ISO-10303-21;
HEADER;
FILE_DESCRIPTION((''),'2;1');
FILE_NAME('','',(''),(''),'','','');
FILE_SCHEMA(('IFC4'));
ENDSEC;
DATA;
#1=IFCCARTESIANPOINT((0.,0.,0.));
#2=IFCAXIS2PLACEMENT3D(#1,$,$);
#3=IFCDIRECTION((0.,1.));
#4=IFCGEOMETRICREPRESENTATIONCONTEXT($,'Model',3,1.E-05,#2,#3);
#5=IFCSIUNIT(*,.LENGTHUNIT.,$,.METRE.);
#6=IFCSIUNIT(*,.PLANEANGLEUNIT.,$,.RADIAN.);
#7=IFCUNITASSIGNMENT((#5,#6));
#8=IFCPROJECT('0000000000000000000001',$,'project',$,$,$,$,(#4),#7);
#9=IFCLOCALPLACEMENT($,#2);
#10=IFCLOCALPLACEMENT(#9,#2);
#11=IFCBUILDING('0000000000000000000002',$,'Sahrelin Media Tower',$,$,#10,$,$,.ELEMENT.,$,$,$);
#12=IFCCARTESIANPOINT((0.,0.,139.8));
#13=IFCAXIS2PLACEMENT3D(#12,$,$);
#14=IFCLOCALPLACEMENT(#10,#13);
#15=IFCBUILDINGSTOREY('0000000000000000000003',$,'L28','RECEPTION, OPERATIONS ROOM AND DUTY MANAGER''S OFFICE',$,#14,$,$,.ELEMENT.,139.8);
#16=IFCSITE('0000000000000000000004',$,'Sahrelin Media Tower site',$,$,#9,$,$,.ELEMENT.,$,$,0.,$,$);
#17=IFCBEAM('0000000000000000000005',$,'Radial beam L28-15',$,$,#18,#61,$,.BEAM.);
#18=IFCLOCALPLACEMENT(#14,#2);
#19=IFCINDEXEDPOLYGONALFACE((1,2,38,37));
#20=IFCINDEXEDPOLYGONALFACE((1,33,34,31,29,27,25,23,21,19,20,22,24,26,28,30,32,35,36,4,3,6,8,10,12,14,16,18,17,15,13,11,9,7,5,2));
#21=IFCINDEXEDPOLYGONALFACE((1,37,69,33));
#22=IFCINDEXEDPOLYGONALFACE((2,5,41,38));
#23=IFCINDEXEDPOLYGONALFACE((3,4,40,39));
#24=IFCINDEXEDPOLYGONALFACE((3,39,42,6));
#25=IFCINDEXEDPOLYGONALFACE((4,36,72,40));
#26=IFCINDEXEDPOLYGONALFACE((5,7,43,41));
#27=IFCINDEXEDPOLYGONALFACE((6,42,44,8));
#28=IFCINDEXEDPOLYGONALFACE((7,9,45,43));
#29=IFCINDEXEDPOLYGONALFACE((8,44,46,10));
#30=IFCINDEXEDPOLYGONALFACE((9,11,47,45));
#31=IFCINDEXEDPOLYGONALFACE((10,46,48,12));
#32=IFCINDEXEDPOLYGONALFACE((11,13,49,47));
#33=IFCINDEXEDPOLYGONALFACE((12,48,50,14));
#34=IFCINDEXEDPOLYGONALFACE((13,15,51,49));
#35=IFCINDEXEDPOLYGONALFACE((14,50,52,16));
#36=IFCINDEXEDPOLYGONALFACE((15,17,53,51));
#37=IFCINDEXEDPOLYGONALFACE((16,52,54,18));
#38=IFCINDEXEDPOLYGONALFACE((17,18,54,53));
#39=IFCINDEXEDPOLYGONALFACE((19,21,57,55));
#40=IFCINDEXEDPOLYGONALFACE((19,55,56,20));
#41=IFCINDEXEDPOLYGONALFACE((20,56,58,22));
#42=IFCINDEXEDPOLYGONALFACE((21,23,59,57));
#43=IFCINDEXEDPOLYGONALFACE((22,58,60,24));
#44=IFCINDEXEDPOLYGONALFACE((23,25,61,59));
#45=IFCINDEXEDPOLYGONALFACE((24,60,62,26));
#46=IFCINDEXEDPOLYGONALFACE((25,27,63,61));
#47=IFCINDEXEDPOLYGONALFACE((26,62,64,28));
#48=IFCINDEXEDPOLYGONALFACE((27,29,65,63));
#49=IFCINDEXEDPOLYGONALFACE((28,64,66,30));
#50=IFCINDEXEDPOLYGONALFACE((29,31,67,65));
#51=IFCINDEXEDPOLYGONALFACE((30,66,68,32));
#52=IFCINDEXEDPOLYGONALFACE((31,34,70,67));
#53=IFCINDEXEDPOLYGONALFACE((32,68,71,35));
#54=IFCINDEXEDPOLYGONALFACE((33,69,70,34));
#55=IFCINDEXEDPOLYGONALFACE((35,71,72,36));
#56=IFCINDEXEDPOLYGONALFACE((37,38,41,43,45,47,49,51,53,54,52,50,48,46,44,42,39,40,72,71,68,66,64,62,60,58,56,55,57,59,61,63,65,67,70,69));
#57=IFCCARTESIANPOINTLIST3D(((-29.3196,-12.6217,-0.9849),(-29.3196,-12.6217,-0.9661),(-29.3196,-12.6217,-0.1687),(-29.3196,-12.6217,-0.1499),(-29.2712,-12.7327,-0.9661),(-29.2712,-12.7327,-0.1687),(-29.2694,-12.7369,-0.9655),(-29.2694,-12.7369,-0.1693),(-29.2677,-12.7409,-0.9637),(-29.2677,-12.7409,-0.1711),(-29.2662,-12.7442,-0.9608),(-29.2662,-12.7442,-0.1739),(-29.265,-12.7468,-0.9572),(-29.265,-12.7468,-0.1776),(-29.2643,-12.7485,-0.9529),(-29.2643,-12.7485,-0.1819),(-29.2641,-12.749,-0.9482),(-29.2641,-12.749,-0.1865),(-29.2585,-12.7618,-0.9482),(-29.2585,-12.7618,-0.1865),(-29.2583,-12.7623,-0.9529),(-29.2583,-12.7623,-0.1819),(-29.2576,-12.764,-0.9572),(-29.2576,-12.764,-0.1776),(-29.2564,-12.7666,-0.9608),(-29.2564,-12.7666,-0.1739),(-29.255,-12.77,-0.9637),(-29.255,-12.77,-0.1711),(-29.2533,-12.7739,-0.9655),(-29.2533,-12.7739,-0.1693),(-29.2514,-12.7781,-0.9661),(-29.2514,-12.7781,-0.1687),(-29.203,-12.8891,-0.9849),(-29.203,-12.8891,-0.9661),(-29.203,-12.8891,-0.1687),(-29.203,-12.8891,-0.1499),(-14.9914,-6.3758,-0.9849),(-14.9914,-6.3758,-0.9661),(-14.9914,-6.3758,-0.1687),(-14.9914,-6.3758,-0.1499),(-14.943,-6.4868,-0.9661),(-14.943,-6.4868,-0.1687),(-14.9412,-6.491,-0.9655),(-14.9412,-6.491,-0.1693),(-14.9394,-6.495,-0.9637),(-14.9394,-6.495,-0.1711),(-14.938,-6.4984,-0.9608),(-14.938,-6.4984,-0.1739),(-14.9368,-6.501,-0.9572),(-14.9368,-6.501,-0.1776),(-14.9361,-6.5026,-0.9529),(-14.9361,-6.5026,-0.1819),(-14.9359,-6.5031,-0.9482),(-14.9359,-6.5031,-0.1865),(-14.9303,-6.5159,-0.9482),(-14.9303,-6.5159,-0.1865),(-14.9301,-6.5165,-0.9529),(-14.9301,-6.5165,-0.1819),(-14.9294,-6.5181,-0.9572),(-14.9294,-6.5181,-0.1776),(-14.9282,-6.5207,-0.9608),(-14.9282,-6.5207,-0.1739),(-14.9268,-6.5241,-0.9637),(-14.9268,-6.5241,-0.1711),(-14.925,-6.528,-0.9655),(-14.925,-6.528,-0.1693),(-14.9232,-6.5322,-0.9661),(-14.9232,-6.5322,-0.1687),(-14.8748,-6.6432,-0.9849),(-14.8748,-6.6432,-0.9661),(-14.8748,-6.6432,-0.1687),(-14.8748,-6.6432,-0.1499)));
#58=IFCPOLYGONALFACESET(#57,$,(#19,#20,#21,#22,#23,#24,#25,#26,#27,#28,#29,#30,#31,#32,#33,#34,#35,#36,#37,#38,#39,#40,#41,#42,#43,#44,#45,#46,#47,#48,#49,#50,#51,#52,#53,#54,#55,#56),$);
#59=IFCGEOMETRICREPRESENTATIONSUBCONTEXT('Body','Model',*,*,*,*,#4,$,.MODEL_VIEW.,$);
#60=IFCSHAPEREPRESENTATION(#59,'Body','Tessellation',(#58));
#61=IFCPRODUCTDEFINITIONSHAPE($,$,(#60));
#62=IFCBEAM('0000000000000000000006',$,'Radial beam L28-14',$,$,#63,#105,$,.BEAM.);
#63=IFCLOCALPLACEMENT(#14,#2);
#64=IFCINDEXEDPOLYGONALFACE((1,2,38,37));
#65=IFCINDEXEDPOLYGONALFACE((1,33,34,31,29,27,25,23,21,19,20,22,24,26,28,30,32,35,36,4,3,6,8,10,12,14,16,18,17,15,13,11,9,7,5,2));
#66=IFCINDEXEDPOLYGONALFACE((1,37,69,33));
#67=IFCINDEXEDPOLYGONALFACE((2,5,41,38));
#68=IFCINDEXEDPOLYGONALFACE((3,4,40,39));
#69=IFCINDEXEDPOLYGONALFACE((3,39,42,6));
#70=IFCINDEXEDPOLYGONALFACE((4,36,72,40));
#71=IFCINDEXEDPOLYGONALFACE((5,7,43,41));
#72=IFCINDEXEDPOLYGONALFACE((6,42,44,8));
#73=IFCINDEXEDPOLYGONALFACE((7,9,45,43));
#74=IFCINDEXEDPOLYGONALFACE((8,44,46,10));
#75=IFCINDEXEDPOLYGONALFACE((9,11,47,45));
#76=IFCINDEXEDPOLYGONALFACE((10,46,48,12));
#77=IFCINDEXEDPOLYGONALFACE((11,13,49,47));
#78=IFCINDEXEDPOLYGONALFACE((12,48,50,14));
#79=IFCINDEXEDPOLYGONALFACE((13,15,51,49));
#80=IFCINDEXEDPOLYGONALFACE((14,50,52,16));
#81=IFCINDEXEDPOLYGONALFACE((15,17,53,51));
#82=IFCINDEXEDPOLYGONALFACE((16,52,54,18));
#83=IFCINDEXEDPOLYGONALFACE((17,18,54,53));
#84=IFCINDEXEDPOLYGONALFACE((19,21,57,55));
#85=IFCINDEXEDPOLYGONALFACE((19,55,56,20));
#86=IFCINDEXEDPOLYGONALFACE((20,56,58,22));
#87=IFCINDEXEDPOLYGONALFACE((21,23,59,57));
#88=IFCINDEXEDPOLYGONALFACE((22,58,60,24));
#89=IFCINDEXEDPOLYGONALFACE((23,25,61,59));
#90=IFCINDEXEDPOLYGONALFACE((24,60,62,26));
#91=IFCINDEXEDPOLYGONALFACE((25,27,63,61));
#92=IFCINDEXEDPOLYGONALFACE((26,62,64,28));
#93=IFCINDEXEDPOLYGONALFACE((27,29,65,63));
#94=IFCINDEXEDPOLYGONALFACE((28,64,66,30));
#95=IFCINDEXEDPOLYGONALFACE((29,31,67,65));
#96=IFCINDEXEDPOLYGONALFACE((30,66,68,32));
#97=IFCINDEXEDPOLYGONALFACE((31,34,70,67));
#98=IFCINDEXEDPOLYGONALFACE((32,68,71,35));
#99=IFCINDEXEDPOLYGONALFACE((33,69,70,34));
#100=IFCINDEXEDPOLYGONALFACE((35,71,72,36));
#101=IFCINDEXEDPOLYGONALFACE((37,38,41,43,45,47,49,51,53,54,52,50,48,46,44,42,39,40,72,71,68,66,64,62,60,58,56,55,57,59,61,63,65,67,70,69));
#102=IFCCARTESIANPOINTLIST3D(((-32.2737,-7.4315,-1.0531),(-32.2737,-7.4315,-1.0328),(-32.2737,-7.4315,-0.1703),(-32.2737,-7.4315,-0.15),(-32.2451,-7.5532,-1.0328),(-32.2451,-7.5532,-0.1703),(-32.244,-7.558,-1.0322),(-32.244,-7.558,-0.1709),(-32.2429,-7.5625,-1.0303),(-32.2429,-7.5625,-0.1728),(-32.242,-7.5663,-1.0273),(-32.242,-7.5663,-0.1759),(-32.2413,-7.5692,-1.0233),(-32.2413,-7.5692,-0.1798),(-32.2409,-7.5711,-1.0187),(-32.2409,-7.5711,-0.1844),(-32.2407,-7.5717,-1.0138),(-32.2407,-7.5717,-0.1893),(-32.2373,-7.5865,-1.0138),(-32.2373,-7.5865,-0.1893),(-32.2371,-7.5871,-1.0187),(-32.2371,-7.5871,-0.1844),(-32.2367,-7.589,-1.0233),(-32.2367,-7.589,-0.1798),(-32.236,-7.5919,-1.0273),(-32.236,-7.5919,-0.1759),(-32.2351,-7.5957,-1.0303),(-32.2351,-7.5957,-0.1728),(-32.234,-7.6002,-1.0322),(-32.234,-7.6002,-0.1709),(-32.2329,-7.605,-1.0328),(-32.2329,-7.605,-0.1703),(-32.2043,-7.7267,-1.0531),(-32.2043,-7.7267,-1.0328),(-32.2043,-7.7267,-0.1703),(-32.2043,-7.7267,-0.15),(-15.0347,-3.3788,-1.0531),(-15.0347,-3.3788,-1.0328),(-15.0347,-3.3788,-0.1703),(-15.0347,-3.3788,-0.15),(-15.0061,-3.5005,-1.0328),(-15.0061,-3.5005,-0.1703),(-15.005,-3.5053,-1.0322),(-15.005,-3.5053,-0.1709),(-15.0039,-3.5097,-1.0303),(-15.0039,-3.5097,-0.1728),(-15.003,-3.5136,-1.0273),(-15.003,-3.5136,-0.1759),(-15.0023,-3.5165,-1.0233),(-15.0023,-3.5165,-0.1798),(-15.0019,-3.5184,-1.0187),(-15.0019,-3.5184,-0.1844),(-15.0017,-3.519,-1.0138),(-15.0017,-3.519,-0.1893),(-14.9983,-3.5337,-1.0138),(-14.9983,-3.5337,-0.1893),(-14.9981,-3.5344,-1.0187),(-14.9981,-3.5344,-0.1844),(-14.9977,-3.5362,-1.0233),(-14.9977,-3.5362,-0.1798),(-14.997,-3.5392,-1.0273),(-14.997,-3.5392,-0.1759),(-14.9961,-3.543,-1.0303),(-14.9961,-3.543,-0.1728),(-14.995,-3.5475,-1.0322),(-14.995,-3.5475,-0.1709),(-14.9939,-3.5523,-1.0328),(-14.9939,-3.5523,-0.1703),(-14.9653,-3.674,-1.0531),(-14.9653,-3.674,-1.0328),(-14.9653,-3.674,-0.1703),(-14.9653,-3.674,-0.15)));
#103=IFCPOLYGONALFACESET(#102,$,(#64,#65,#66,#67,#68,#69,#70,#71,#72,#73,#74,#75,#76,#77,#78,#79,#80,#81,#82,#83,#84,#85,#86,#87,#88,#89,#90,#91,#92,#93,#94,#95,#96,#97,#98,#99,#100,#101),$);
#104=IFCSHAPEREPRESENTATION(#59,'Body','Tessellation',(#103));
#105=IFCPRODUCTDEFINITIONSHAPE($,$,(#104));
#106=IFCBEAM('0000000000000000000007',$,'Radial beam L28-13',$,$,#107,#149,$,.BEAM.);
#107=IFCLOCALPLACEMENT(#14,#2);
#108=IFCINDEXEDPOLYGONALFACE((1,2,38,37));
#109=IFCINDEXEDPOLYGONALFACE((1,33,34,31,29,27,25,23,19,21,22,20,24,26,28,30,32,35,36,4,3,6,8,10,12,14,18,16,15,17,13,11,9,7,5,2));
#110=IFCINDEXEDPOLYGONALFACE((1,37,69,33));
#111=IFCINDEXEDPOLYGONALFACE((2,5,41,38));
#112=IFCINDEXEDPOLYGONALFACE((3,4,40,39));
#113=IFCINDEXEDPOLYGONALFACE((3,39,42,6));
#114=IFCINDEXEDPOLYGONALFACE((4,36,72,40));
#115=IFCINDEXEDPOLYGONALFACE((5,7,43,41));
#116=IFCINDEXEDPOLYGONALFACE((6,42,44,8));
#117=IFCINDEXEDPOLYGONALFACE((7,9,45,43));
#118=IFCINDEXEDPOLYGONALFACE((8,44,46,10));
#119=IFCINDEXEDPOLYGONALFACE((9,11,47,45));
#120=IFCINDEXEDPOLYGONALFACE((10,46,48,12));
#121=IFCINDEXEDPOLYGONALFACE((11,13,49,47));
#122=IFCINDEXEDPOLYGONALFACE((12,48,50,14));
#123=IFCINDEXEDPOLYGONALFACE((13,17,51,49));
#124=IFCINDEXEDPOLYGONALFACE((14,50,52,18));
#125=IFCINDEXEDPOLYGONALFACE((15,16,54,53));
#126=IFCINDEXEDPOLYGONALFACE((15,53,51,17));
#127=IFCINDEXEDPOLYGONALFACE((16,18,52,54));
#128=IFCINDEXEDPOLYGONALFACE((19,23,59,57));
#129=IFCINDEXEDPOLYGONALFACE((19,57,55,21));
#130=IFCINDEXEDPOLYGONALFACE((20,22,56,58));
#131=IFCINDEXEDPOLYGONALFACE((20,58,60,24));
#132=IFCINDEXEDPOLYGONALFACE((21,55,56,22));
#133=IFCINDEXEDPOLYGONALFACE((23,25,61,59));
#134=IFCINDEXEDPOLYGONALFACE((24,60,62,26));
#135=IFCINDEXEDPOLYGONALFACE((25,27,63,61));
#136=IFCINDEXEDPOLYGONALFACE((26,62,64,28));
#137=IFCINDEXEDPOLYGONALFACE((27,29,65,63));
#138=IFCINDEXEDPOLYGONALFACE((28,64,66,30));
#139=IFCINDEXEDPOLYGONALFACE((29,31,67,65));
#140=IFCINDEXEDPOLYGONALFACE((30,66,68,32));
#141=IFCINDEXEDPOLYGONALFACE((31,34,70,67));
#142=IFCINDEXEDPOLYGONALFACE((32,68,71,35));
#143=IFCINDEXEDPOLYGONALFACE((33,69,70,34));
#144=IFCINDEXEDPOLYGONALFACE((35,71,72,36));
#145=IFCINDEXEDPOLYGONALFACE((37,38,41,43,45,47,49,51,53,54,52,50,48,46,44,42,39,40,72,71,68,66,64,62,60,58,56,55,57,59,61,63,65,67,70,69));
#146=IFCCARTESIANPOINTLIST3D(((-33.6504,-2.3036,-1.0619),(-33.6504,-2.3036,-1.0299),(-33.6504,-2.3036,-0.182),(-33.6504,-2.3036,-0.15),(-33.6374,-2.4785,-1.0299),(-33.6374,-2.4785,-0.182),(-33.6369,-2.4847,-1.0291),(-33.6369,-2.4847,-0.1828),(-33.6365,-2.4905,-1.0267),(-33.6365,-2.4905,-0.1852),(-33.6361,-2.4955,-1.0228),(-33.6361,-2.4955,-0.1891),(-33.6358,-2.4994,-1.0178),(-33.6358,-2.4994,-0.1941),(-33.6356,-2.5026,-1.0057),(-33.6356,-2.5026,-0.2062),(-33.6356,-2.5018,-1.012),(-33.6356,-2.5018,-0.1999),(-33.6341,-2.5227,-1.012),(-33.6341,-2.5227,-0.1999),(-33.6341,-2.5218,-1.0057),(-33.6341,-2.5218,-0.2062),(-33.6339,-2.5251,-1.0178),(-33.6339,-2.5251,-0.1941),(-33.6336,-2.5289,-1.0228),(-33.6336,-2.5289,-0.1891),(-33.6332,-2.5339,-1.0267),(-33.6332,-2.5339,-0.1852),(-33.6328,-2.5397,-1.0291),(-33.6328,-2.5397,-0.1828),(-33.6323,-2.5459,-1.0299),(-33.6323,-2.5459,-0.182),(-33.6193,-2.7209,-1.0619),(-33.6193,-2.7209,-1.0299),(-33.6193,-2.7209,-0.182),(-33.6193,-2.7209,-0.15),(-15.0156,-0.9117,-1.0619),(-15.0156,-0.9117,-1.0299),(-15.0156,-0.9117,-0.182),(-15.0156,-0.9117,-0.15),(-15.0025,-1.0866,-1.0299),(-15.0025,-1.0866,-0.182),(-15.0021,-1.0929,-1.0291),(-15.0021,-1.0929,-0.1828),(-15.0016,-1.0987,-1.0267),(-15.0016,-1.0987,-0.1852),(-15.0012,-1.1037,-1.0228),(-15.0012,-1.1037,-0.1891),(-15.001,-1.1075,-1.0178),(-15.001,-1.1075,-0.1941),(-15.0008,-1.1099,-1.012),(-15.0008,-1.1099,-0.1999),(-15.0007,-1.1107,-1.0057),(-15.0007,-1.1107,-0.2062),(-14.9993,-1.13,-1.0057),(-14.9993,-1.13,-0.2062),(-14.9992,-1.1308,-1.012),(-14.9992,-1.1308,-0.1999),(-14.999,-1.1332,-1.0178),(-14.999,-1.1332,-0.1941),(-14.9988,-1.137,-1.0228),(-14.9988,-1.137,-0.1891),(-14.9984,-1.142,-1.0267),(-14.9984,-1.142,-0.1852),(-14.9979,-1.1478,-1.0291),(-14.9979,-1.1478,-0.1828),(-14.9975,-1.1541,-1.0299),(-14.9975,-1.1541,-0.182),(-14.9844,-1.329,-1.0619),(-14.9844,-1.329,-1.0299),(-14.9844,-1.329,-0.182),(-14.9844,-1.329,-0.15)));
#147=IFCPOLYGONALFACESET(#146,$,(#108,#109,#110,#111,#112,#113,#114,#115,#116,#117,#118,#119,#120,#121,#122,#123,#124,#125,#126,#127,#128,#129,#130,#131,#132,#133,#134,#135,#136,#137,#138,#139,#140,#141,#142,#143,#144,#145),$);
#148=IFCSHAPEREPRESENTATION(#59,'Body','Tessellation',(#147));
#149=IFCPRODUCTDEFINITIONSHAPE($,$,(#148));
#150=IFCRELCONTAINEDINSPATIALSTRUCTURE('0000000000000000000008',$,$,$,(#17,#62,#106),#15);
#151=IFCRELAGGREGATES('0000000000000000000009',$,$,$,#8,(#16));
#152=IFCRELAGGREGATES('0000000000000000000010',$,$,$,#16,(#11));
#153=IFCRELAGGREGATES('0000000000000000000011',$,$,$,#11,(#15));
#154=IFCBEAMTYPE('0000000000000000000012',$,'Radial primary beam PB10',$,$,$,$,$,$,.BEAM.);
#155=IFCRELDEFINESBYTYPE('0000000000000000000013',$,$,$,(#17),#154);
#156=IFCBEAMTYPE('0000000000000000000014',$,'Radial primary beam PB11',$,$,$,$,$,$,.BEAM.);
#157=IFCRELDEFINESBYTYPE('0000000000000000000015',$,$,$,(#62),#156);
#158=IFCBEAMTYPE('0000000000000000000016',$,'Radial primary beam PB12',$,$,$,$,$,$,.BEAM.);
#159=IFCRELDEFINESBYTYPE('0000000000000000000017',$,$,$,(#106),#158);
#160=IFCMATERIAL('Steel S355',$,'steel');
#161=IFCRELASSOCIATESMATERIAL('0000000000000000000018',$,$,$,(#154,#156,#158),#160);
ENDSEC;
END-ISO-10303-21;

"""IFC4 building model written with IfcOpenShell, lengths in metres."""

from ifc_helpers import new_model, si_unit, direction, frame, origin, origin_2d, place, context, subcontext, project, spatial, i_section, extrude, material, material_profile, profile_set, type_object, element, save


model = new_model("IFC4")

# Units and contexts
model_context = context("Model", 3, precision=1e-05, world=origin(), true_north=direction((0.0, 1.0)))
body_context = subcontext(model_context, "Body", "Model", "MODEL_VIEW")
ifc_project = project(units=[si_unit("LENGTHUNIT", "METRE"), si_unit("PLANEANGLEUNIT", "RADIAN")], contexts=[model_context])

# Site, building, storey
site_placement = place(None, origin())
site = spatial("IfcSite", under=ifc_project, at=site_placement, Name="Sahrelin Media Tower site", CompositionType="ELEMENT", RefElevation=0.0)
building_placement = place(site_placement, origin())
building = spatial("IfcBuilding", under=site, at=building_placement, Name="Sahrelin Media Tower", CompositionType="ELEMENT")
storey_placement = place(building_placement, frame((0.0, 0.0, 139.8)))
storey = spatial("IfcBuildingStorey", under=building, at=storey_placement, Name="L28", Description="RECEPTION, OPERATIONS ROOM AND DUTY MANAGER'S OFFICE", CompositionType="ELEMENT", Elevation=139.8)

# Beams
ifc_material_1 = material(Name="Steel S355", Category="steel")
ifc_material_profile_1 = material_profile(ifc_material_1, i_section(OverallWidth=0.2917, OverallDepth=0.835, WebThickness=0.0139, FlangeThickness=0.0188, FilletRadius=0.0178, at=origin_2d()), Name="UB 838x292x176")
ifc_profile_set_1 = profile_set([ifc_material_profile_1], Name="Steel S355")
beam_type_1 = type_object("IfcBeamType", Name="Radial primary beam PB10", PredefinedType="BEAM", material=ifc_profile_set_1)
beam_1_placement = place(storey_placement, frame((-14.9331, -6.5095, -0.5674), z_axis=(-0.91669, -0.399599, 0.0), x_axis=(0.399599, -0.91669, 0.0)))
element("IfcBeam", 1, at=beam_1_placement, inside=storey, type_object=beam_type_1, Name="Radial beam L28-15", PredefinedType="BEAM", context=body_context, shape_type="SweptSolid", body=[
    extrude(i_section(OverallWidth=0.2917, OverallDepth=0.835, WebThickness=0.0139, FlangeThickness=0.0188, FilletRadius=0.0178, at=origin_2d()), origin(), (0.0, 0.0, 1.0), 15.6304),
])
ifc_material_profile_2 = material_profile(ifc_material_1, i_section(OverallWidth=0.3032, OverallDepth=0.9031, WebThickness=0.0151, FlangeThickness=0.0203, FilletRadius=0.019, at=origin_2d()), Name="UB 914x305x201")
ifc_profile_set_2 = profile_set([ifc_material_profile_2], Name="Steel S355")
beam_type_2 = type_object("IfcBeamType", Name="Radial primary beam PB11", PredefinedType="BEAM", material=ifc_profile_set_2)
beam_2_placement = place(storey_placement, frame((-15.0, -3.5264, -0.6016), z_axis=(-0.973461, -0.228852, 0.0), x_axis=(0.228852, -0.973461, 0.0)))
element("IfcBeam", 2, at=beam_2_placement, inside=storey, type_object=beam_type_2, Name="Radial beam L28-14", PredefinedType="BEAM", context=body_context, shape_type="SweptSolid", body=[
    extrude(i_section(OverallWidth=0.3032, OverallDepth=0.9031, WebThickness=0.0151, FlangeThickness=0.0203, FilletRadius=0.019, at=origin_2d()), origin(), (0.0, 0.0, 1.0), 17.709),
])
ifc_material_profile_3 = material_profile(ifc_material_1, i_section(OverallWidth=0.4185, OverallDepth=0.9119, WebThickness=0.0193, FlangeThickness=0.032, FilletRadius=0.0242, at=origin_2d()), Name="UB 914x419x343")
ifc_profile_set_3 = profile_set([ifc_material_profile_3], Name="Steel S355")
beam_type_3 = type_object("IfcBeamType", Name="Radial primary beam PB12", PredefinedType="BEAM", material=ifc_profile_set_3)
beam_3_placement = place(storey_placement, frame((-15.0, -1.1204, -0.606), z_axis=(-0.997222, -0.074483, 0.0), x_axis=(0.074483, -0.997222, 0.0)))
element("IfcBeam", 3, at=beam_3_placement, inside=storey, type_object=beam_type_3, Name="Radial beam L28-13", PredefinedType="BEAM", context=body_context, shape_type="SweptSolid", body=[
    extrude(i_section(OverallWidth=0.4185, OverallDepth=0.9119, WebThickness=0.0193, FlangeThickness=0.032, FilletRadius=0.0242, at=origin_2d()), origin(), (0.0, 0.0, 1.0), 18.6868),
])

save(model, "model.ifc")
